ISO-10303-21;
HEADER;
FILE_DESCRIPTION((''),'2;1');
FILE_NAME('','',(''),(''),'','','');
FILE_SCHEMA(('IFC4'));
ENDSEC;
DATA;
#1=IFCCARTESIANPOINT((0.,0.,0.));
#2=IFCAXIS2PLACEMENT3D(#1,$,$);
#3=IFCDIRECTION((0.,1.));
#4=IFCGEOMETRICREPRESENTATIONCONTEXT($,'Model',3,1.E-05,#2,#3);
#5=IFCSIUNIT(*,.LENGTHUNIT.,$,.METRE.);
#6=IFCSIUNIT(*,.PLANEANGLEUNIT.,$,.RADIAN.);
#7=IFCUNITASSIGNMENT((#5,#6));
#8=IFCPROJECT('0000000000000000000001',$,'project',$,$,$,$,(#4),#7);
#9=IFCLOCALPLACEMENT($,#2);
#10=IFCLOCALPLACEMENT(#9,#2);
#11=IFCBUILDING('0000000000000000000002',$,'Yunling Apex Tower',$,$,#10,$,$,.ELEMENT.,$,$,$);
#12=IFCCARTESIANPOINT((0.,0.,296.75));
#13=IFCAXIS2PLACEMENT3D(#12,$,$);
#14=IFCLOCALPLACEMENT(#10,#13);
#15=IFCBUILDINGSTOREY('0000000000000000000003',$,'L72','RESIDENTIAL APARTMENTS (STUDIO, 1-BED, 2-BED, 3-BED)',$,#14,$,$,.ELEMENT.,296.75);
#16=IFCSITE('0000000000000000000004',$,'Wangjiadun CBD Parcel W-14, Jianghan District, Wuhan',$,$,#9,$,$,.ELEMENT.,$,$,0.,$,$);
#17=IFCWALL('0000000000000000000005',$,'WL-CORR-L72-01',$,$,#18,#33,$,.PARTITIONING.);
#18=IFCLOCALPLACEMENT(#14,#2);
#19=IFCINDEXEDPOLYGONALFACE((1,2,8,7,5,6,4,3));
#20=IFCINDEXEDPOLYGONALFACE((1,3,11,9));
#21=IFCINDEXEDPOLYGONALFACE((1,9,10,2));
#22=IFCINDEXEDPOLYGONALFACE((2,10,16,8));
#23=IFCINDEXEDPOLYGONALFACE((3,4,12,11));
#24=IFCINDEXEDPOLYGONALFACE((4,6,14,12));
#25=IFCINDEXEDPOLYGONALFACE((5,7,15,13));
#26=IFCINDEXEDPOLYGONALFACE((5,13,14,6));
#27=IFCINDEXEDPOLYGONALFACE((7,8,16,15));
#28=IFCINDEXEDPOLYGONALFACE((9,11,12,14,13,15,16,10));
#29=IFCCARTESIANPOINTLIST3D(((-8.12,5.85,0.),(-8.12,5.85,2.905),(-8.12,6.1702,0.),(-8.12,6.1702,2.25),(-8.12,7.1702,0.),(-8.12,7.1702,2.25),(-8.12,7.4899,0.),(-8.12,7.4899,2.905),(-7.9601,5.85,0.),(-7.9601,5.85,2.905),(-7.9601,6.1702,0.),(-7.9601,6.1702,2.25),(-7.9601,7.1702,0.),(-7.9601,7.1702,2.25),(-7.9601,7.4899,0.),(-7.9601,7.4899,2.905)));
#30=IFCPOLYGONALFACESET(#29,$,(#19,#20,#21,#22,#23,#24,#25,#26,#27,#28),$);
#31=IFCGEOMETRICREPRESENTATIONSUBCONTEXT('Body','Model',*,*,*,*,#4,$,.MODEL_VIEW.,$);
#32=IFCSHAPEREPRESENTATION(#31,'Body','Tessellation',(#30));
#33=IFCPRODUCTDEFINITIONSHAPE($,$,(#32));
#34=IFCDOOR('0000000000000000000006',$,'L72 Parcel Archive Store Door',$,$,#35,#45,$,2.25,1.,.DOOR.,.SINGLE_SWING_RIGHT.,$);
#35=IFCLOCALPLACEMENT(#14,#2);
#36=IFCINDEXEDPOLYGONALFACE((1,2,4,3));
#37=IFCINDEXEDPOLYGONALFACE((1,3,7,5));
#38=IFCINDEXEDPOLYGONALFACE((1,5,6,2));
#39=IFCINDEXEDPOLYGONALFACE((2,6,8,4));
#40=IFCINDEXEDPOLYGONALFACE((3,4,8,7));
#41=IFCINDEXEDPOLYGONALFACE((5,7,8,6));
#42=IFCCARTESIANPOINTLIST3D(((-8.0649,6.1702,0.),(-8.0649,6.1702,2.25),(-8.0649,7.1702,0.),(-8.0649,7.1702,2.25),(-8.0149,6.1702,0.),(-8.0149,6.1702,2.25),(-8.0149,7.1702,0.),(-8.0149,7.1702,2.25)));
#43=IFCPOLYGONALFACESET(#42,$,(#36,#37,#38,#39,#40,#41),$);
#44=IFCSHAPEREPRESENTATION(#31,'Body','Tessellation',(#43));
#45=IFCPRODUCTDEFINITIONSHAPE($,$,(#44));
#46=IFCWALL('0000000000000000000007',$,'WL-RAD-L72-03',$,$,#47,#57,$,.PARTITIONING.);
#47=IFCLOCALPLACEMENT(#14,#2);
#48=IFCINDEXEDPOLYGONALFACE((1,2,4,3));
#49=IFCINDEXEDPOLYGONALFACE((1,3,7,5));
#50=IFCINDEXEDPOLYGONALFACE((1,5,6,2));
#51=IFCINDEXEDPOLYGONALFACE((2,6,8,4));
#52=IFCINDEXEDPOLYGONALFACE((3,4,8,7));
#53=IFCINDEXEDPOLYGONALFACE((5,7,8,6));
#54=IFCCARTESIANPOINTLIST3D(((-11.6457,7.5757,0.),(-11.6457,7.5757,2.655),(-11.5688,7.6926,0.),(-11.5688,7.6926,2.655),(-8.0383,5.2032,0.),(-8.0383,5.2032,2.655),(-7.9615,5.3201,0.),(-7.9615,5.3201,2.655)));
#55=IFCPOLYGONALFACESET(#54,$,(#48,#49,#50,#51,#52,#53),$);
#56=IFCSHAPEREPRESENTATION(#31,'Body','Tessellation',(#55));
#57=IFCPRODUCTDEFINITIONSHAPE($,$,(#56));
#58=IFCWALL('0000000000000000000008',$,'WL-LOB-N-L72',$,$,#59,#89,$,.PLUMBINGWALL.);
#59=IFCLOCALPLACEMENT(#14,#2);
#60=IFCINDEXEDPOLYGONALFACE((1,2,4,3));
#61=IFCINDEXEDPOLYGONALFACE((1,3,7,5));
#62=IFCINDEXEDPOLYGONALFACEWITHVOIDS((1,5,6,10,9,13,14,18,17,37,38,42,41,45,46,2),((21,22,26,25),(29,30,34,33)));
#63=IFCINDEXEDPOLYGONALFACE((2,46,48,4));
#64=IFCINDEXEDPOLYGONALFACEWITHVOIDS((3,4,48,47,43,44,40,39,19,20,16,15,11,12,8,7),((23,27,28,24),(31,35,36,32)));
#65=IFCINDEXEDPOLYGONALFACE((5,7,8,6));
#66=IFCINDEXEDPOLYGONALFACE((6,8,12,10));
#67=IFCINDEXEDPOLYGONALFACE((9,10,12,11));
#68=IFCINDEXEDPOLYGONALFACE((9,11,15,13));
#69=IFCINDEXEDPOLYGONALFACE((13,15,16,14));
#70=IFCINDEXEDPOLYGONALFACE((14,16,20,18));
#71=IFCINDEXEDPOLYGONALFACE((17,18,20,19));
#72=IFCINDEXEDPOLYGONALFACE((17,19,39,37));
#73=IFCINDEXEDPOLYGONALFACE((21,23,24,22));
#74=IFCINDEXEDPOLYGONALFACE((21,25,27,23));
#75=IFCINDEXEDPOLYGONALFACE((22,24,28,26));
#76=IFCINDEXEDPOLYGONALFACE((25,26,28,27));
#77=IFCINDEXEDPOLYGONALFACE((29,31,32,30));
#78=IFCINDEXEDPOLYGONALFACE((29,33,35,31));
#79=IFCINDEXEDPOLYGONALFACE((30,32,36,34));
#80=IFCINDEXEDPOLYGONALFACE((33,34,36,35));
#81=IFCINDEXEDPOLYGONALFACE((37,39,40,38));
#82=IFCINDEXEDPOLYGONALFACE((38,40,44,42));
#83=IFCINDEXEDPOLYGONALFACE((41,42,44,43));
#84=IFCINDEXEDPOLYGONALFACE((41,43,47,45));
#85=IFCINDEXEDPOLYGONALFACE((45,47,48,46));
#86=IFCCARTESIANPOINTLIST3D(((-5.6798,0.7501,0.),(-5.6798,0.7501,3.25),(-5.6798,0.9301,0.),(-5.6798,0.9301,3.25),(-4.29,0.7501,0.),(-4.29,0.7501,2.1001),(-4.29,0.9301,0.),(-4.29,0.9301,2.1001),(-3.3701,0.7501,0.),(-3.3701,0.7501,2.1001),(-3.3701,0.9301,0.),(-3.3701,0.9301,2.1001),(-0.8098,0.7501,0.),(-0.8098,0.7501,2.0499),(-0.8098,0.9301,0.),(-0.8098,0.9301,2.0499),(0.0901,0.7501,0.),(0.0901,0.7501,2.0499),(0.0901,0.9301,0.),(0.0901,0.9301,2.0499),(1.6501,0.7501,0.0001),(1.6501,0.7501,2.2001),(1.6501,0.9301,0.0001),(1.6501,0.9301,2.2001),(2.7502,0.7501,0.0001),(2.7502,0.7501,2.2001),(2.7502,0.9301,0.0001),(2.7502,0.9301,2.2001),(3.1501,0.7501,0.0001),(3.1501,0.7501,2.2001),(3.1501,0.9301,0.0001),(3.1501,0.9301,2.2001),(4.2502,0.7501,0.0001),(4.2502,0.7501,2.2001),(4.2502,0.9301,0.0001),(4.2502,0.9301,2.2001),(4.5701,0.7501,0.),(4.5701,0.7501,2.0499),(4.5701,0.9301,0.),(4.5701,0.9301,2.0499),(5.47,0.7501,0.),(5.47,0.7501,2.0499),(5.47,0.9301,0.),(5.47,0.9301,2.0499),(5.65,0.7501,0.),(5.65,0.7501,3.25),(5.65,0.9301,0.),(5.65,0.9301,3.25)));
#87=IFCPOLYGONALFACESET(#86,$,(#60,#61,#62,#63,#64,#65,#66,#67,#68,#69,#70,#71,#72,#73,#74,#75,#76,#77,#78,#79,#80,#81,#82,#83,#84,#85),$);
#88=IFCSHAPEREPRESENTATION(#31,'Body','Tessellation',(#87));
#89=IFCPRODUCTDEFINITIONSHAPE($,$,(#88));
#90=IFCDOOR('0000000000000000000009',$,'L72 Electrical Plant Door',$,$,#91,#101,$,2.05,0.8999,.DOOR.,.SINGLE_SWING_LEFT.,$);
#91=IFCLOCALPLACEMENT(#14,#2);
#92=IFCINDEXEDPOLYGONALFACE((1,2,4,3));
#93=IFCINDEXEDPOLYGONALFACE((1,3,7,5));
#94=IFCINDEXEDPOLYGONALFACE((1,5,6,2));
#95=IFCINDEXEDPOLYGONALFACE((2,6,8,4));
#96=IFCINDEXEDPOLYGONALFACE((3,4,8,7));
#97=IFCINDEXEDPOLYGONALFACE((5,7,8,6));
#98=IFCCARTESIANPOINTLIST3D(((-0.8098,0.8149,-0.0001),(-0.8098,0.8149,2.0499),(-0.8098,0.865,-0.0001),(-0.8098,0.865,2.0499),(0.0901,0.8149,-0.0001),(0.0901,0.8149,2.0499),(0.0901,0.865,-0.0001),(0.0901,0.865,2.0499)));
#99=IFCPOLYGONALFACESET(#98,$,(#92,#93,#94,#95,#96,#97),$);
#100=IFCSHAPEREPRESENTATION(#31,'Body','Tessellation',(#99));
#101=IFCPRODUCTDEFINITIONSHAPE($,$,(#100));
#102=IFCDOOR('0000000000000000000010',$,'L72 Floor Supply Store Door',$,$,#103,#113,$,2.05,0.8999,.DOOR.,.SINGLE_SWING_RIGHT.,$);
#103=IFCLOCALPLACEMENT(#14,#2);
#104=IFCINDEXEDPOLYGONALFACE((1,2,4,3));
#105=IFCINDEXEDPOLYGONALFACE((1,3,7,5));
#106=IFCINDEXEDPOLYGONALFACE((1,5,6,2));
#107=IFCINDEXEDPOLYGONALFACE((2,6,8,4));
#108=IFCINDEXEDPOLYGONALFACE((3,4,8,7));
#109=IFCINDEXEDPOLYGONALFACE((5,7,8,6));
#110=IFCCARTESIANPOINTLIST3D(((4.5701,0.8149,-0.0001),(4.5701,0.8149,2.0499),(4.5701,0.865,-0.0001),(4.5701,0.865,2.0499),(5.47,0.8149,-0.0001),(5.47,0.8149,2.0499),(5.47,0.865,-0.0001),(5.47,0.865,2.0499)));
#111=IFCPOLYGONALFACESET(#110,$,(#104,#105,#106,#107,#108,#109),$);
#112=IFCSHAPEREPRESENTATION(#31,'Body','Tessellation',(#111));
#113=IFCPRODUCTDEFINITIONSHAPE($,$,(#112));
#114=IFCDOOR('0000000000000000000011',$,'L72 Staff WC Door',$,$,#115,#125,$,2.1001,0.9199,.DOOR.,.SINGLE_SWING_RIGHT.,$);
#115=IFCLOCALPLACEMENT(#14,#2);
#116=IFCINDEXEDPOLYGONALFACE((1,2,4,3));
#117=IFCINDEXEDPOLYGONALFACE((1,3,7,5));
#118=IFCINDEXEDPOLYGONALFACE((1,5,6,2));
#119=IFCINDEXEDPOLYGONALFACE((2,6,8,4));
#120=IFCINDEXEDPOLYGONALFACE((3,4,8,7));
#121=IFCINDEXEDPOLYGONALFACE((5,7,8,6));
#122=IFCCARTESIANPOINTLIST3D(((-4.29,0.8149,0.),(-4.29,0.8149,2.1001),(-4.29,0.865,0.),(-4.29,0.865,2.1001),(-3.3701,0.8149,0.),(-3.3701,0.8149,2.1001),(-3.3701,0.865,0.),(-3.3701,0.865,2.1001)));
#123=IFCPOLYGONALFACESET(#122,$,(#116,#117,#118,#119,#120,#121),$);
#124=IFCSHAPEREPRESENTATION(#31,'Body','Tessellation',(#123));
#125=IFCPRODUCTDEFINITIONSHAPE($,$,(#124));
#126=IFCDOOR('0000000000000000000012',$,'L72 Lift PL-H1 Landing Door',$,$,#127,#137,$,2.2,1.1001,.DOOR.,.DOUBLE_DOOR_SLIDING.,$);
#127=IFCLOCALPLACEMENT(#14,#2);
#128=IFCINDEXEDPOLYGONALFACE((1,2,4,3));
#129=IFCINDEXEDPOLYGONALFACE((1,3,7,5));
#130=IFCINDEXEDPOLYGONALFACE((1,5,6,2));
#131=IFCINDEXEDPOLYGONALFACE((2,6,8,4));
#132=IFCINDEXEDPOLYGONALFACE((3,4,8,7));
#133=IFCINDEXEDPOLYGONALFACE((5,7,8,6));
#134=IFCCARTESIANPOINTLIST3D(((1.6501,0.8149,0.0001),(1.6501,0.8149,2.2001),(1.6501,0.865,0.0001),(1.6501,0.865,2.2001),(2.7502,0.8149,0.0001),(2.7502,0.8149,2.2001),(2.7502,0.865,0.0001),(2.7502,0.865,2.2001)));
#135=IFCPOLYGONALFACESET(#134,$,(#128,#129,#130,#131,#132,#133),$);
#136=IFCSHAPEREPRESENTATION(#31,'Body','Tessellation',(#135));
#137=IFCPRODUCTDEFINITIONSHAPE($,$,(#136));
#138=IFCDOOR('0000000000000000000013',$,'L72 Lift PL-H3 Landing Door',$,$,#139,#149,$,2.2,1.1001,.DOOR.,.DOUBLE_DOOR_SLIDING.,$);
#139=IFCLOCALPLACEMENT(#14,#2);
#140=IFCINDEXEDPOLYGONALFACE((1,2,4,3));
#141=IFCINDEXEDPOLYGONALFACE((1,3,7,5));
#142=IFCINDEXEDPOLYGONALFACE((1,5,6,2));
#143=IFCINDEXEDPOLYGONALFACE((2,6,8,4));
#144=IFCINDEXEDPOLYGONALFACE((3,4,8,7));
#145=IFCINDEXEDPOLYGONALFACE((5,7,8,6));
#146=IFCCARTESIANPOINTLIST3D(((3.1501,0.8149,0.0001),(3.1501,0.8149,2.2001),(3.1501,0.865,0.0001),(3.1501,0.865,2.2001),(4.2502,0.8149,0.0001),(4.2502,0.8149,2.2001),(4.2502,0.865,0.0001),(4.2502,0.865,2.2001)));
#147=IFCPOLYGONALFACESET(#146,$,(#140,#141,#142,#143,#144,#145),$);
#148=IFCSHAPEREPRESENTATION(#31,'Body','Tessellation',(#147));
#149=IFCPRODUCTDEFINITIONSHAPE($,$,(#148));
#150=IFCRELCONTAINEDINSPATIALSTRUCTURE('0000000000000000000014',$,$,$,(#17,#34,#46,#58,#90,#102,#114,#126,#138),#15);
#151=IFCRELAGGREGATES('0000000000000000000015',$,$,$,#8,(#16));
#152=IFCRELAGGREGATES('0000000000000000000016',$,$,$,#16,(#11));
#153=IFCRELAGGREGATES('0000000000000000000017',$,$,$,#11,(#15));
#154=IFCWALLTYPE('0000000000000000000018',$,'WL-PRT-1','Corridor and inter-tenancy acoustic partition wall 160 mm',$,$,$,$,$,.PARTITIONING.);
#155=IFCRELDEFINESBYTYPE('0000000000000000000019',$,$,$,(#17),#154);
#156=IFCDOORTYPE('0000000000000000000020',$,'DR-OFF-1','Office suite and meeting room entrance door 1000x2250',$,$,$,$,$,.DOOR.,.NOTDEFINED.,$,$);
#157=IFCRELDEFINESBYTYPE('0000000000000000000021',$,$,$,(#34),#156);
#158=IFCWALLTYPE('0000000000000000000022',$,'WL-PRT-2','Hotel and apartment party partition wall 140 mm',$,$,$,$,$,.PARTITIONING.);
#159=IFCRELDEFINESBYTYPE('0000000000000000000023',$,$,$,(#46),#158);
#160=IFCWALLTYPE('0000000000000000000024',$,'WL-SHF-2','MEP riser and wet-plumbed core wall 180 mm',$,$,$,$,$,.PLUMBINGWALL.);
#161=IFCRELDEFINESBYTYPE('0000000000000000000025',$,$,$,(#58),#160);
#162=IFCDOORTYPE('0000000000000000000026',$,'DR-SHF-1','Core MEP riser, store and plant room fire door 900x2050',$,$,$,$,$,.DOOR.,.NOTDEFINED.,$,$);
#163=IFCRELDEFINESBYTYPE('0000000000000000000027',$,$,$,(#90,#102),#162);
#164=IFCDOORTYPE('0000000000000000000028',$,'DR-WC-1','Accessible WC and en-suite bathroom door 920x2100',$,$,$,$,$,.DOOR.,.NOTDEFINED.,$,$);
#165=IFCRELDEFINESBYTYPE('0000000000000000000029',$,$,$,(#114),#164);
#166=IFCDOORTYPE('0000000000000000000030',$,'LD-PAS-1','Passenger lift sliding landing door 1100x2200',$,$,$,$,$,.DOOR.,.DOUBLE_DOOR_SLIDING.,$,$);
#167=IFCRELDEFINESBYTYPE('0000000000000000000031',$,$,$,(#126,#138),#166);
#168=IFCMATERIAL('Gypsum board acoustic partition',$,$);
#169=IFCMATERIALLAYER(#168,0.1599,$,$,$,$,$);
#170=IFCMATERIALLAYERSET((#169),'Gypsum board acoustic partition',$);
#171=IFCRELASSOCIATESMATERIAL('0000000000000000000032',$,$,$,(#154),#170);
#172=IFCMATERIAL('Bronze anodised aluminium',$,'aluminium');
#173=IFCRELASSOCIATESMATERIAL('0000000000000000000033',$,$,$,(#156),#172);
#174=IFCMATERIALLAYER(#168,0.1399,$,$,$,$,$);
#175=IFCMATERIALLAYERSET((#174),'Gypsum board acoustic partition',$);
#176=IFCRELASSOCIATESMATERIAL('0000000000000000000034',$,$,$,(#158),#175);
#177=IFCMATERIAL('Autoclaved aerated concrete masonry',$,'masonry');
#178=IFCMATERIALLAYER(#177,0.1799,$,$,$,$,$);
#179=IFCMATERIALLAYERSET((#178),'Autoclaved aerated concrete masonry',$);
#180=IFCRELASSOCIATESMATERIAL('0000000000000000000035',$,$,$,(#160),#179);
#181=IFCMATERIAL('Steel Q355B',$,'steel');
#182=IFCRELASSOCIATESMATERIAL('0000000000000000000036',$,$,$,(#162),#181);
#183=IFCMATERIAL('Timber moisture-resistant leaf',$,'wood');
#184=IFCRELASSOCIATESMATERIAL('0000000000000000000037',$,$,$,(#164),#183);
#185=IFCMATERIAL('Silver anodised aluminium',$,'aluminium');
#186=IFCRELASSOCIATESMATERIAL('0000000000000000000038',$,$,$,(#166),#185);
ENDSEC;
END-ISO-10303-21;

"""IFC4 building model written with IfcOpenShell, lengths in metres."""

from ifc_helpers import new_model, si_unit, direction, frame, frame_2d, origin, place, context, subcontext, project, spatial, rectangle, extrude, material, layer, layer_set, type_object, element, fill, save


model = new_model("IFC4")

# Units and contexts
model_context = context("Model", 3, precision=1e-05, world=origin(), true_north=direction((0.0, 1.0)))
body_context = subcontext(model_context, "Body", "Model", "MODEL_VIEW")
ifc_project = project(units=[si_unit("LENGTHUNIT", "METRE"), si_unit("PLANEANGLEUNIT", "RADIAN")], contexts=[model_context])

# Site, building, storey
site_placement = place(None, origin())
site = spatial("IfcSite", under=ifc_project, at=site_placement, Name="Wangjiadun CBD Parcel W-14, Jianghan District, Wuhan", CompositionType="ELEMENT", RefElevation=0.0)
building_placement = place(site_placement, origin())
building = spatial("IfcBuilding", under=site, at=building_placement, Name="Yunling Apex Tower", CompositionType="ELEMENT")
storey_placement = place(building_placement, frame((0.0, 0.0, 296.75)))
storey = spatial("IfcBuildingStorey", under=building, at=storey_placement, Name="L72", Description="RESIDENTIAL APARTMENTS (STUDIO, 1-BED, 2-BED, 3-BED)", CompositionType="ELEMENT", Elevation=296.75)

# Shared definitions
ifc_material_1 = material(Name="Steel Q355B", Category="steel")

# Wall, opening, door
ifc_material_2 = material(Name="Gypsum board acoustic partition")
ifc_layer_1 = layer(ifc_material_2, 0.1599)
ifc_layer_set_1 = layer_set([ifc_layer_1], Name="Gypsum board acoustic partition")
wall_type_1 = type_object("IfcWallType", Name="WL-PRT-1", Description="Corridor and inter-tenancy acoustic partition wall 160 mm", PredefinedType="PARTITIONING", material=ifc_layer_set_1)
wall_1_placement = place(storey_placement, frame((-8.04, 5.8501, 0.0), z_axis=(0.0, 0.0, 1.0), x_axis=(0.0, 1.0, 0.0)))
wall_1 = element("IfcWall", 1, at=wall_1_placement, inside=storey, type_object=wall_type_1, Name="WL-CORR-L72-01", PredefinedType="PARTITIONING", context=body_context, shape_type="SweptSolid", body=[
    extrude(rectangle(XDim=1.6399, YDim=0.1599, at=frame_2d((0.8198, 0.0))), origin(), (0.0, 0.0, 1.0), 2.905),
])
opening_1_placement = place(wall_1_placement, frame((0.3201, 0.0, 0.0)))
opening_1 = element("IfcOpeningElement", 2, at=opening_1_placement, cuts=wall_1, PredefinedType="OPENING", context=body_context, shape_type="SweptSolid", body=[
    extrude(rectangle(XDim=1.0, YDim=2.25, at=frame_2d((0.5, 1.125))), frame((0.0, 0.0898, 0.0), z_axis=(0.0, -1.0, 0.0), x_axis=(1.0, 0.0, 0.0)), (0.0, 0.0, 1.0), 0.1799),
])
ifc_material_3 = material(Name="Bronze anodised aluminium", Category="aluminium")
door_type_1 = type_object("IfcDoorType", Name="DR-OFF-1", Description="Office suite and meeting room entrance door 1000x2250", OperationType="NOTDEFINED", PredefinedType="DOOR", material=ifc_material_3)
door_1_placement = place(opening_1_placement, origin())
door_1 = element("IfcDoor", 3, at=door_1_placement, inside=storey, type_object=door_type_1, Name="L72 Parcel Archive Store Door", OperationType="SINGLE_SWING_RIGHT", OverallHeight=2.25, OverallWidth=1.0, PredefinedType="DOOR", context=body_context, shape_type="SweptSolid", body=[
    extrude(rectangle(XDim=1.0, YDim=2.25, at=frame_2d((0.5, 1.125))), frame((0.0, 0.0249, 0.0), z_axis=(0.0, -1.0, 0.0), x_axis=(1.0, 0.0, 0.0)), (0.0, 0.0, 1.0), 0.05),
])
fill(opening_1, door_1)

# Wall
ifc_layer_2 = layer(ifc_material_2, 0.1399)
ifc_layer_set_2 = layer_set([ifc_layer_2], Name="Gypsum board acoustic partition")
wall_type_2 = type_object("IfcWallType", Name="WL-PRT-2", Description="Hotel and apartment party partition wall 140 mm", PredefinedType="PARTITIONING", material=ifc_layer_set_2)
wall_2_placement = place(storey_placement, frame((-8.0, 5.2617, 0.0), z_axis=(0.0, 0.0, 1.0), x_axis=(-0.835496, 0.549496, 0.0)))
element("IfcWall", 4, at=wall_2_placement, inside=storey, type_object=wall_type_2, Name="WL-RAD-L72-03", PredefinedType="PARTITIONING", context=body_context, shape_type="SweptSolid", body=[
    extrude(rectangle(XDim=4.3176, YDim=0.1399, at=frame_2d((2.1587, 0.0))), origin(), (0.0, 0.0, 1.0), 2.655),
])

# Wall, openings, doors
ifc_material_4 = material(Name="Autoclaved aerated concrete masonry", Category="masonry")
ifc_layer_3 = layer(ifc_material_4, 0.1799)
ifc_layer_set_3 = layer_set([ifc_layer_3], Name="Autoclaved aerated concrete masonry")
wall_type_3 = type_object("IfcWallType", Name="WL-SHF-2", Description="MEP riser and wet-plumbed core wall 180 mm", PredefinedType="PLUMBINGWALL", material=ifc_layer_set_3)
wall_3_placement = place(storey_placement, frame((-5.6799, 0.8401, 0.0), z_axis=(0.0, 0.0, 1.0), x_axis=(1.0, 0.0, 0.0)))
wall_3 = element("IfcWall", 5, at=wall_3_placement, inside=storey, type_object=wall_type_3, Name="WL-LOB-N-L72", PredefinedType="PLUMBINGWALL", context=body_context, shape_type="SweptSolid", body=[
    extrude(rectangle(XDim=11.3298, YDim=0.1799, at=frame_2d((5.665, 0.0))), origin(), (0.0, 0.0, 1.0), 3.25),
])
opening_2_placement = place(wall_3_placement, frame((1.3899, 0.0, 0.0)))
opening_2 = element("IfcOpeningElement", 6, at=opening_2_placement, cuts=wall_3, PredefinedType="OPENING", context=body_context, shape_type="SweptSolid", body=[
    extrude(rectangle(XDim=0.9199, YDim=2.1001, at=frame_2d((0.46, 1.05))), frame((0.0, 0.1001, 0.0), z_axis=(0.0, -1.0, 0.0), x_axis=(1.0, 0.0, 0.0)), (0.0, 0.0, 1.0), 0.2),
])
opening_3_placement = place(wall_3_placement, frame((4.8701, 0.0, 0.0)))
opening_3 = element("IfcOpeningElement", 7, at=opening_3_placement, cuts=wall_3, PredefinedType="OPENING", context=body_context, shape_type="SweptSolid", body=[
    extrude(rectangle(XDim=0.8999, YDim=2.05, at=frame_2d((0.45, 1.0249))), frame((0.0, 0.1001, 0.0), z_axis=(0.0, -1.0, 0.0), x_axis=(1.0, 0.0, 0.0)), (0.0, 0.0, 1.0), 0.2),
])
opening_4_placement = place(wall_3_placement, frame((7.3301, 0.0, 0.0)))
opening_4 = element("IfcOpeningElement", 8, at=opening_4_placement, cuts=wall_3, PredefinedType="OPENING", context=body_context, shape_type="SweptSolid", body=[
    extrude(rectangle(XDim=1.1001, YDim=2.2, at=frame_2d((0.55, 1.1001))), frame((0.0, 0.1001, 0.0), z_axis=(0.0, -1.0, 0.0), x_axis=(1.0, 0.0, 0.0)), (0.0, 0.0, 1.0), 0.2),
])
opening_5_placement = place(wall_3_placement, frame((8.8301, 0.0, 0.0)))
opening_5 = element("IfcOpeningElement", 9, at=opening_5_placement, cuts=wall_3, PredefinedType="OPENING", context=body_context, shape_type="SweptSolid", body=[
    extrude(rectangle(XDim=1.1001, YDim=2.2, at=frame_2d((0.55, 1.1001))), frame((0.0, 0.1001, 0.0), z_axis=(0.0, -1.0, 0.0), x_axis=(1.0, 0.0, 0.0)), (0.0, 0.0, 1.0), 0.2),
])
opening_6_placement = place(wall_3_placement, frame((10.25, 0.0, 0.0)))
opening_6 = element("IfcOpeningElement", 10, at=opening_6_placement, cuts=wall_3, PredefinedType="OPENING", context=body_context, shape_type="SweptSolid", body=[
    extrude(rectangle(XDim=0.8999, YDim=2.05, at=frame_2d((0.45, 1.0249))), frame((0.0, 0.1001, 0.0), z_axis=(0.0, -1.0, 0.0), x_axis=(1.0, 0.0, 0.0)), (0.0, 0.0, 1.0), 0.2),
])
door_type_2 = type_object("IfcDoorType", Name="DR-SHF-1", Description="Core MEP riser, store and plant room fire door 900x2050", OperationType="NOTDEFINED", PredefinedType="DOOR", material=ifc_material_1)
door_2_placement = place(opening_3_placement, origin())
door_2 = element("IfcDoor", 11, at=door_2_placement, inside=storey, type_object=door_type_2, Name="L72 Electrical Plant Door", OperationType="SINGLE_SWING_LEFT", OverallHeight=2.05, OverallWidth=0.8999, PredefinedType="DOOR", context=body_context, shape_type="SweptSolid", body=[
    extrude(rectangle(XDim=0.8999, YDim=2.05, at=frame_2d((0.45, 1.0249))), frame((0.0, 0.0249, 0.0), z_axis=(0.0, -1.0, 0.0), x_axis=(1.0, 0.0, 0.0)), (0.0, 0.0, 1.0), 0.05),
])
fill(opening_3, door_2)
door_3_placement = place(opening_6_placement, origin())
door_3 = element("IfcDoor", 12, at=door_3_placement, inside=storey, type_object=door_type_2, Name="L72 Floor Supply Store Door", OperationType="SINGLE_SWING_RIGHT", OverallHeight=2.05, OverallWidth=0.8999, PredefinedType="DOOR", context=body_context, shape_type="SweptSolid", body=[
    extrude(rectangle(XDim=0.8999, YDim=2.05, at=frame_2d((0.45, 1.0249))), frame((0.0, 0.0249, 0.0), z_axis=(0.0, -1.0, 0.0), x_axis=(1.0, 0.0, 0.0)), (0.0, 0.0, 1.0), 0.05),
])
fill(opening_6, door_3)
ifc_material_5 = material(Name="Timber moisture-resistant leaf", Category="wood")
door_type_3 = type_object("IfcDoorType", Name="DR-WC-1", Description="Accessible WC and en-suite bathroom door 920x2100", OperationType="NOTDEFINED", PredefinedType="DOOR", material=ifc_material_5)
door_4_placement = place(opening_2_placement, origin())
door_4 = element("IfcDoor", 13, at=door_4_placement, inside=storey, type_object=door_type_3, Name="L72 Staff WC Door", OperationType="SINGLE_SWING_RIGHT", OverallHeight=2.1001, OverallWidth=0.9199, PredefinedType="DOOR", context=body_context, shape_type="SweptSolid", body=[
    extrude(rectangle(XDim=0.9199, YDim=2.1001, at=frame_2d((0.46, 1.05))), frame((0.0, 0.0249, 0.0), z_axis=(0.0, -1.0, 0.0), x_axis=(1.0, 0.0, 0.0)), (0.0, 0.0, 1.0), 0.05),
])
fill(opening_2, door_4)
ifc_material_6 = material(Name="Silver anodised aluminium", Category="aluminium")
door_type_4 = type_object("IfcDoorType", Name="LD-PAS-1", Description="Passenger lift sliding landing door 1100x2200", OperationType="DOUBLE_DOOR_SLIDING", PredefinedType="DOOR", material=ifc_material_6)
door_5_placement = place(opening_4_placement, origin())
door_5 = element("IfcDoor", 14, at=door_5_placement, inside=storey, type_object=door_type_4, Name="L72 Lift PL-H1 Landing Door", OperationType="DOUBLE_DOOR_SLIDING", OverallHeight=2.2, OverallWidth=1.1001, PredefinedType="DOOR", context=body_context, shape_type="SweptSolid", body=[
    extrude(rectangle(XDim=1.1001, YDim=2.2, at=frame_2d((0.55, 1.1001))), frame((0.0, 0.0249, 0.0), z_axis=(0.0, -1.0, 0.0), x_axis=(1.0, 0.0, 0.0)), (0.0, 0.0, 1.0), 0.05),
])
fill(opening_4, door_5)
door_6_placement = place(opening_5_placement, origin())
door_6 = element("IfcDoor", 15, at=door_6_placement, inside=storey, type_object=door_type_4, Name="L72 Lift PL-H3 Landing Door", OperationType="DOUBLE_DOOR_SLIDING", OverallHeight=2.2, OverallWidth=1.1001, PredefinedType="DOOR", context=body_context, shape_type="SweptSolid", body=[
    extrude(rectangle(XDim=1.1001, YDim=2.2, at=frame_2d((0.55, 1.1001))), frame((0.0, 0.0249, 0.0), z_axis=(0.0, -1.0, 0.0), x_axis=(1.0, 0.0, 0.0)), (0.0, 0.0, 1.0), 0.05),
])
fill(opening_5, door_6)

save(model, "model.ifc")
